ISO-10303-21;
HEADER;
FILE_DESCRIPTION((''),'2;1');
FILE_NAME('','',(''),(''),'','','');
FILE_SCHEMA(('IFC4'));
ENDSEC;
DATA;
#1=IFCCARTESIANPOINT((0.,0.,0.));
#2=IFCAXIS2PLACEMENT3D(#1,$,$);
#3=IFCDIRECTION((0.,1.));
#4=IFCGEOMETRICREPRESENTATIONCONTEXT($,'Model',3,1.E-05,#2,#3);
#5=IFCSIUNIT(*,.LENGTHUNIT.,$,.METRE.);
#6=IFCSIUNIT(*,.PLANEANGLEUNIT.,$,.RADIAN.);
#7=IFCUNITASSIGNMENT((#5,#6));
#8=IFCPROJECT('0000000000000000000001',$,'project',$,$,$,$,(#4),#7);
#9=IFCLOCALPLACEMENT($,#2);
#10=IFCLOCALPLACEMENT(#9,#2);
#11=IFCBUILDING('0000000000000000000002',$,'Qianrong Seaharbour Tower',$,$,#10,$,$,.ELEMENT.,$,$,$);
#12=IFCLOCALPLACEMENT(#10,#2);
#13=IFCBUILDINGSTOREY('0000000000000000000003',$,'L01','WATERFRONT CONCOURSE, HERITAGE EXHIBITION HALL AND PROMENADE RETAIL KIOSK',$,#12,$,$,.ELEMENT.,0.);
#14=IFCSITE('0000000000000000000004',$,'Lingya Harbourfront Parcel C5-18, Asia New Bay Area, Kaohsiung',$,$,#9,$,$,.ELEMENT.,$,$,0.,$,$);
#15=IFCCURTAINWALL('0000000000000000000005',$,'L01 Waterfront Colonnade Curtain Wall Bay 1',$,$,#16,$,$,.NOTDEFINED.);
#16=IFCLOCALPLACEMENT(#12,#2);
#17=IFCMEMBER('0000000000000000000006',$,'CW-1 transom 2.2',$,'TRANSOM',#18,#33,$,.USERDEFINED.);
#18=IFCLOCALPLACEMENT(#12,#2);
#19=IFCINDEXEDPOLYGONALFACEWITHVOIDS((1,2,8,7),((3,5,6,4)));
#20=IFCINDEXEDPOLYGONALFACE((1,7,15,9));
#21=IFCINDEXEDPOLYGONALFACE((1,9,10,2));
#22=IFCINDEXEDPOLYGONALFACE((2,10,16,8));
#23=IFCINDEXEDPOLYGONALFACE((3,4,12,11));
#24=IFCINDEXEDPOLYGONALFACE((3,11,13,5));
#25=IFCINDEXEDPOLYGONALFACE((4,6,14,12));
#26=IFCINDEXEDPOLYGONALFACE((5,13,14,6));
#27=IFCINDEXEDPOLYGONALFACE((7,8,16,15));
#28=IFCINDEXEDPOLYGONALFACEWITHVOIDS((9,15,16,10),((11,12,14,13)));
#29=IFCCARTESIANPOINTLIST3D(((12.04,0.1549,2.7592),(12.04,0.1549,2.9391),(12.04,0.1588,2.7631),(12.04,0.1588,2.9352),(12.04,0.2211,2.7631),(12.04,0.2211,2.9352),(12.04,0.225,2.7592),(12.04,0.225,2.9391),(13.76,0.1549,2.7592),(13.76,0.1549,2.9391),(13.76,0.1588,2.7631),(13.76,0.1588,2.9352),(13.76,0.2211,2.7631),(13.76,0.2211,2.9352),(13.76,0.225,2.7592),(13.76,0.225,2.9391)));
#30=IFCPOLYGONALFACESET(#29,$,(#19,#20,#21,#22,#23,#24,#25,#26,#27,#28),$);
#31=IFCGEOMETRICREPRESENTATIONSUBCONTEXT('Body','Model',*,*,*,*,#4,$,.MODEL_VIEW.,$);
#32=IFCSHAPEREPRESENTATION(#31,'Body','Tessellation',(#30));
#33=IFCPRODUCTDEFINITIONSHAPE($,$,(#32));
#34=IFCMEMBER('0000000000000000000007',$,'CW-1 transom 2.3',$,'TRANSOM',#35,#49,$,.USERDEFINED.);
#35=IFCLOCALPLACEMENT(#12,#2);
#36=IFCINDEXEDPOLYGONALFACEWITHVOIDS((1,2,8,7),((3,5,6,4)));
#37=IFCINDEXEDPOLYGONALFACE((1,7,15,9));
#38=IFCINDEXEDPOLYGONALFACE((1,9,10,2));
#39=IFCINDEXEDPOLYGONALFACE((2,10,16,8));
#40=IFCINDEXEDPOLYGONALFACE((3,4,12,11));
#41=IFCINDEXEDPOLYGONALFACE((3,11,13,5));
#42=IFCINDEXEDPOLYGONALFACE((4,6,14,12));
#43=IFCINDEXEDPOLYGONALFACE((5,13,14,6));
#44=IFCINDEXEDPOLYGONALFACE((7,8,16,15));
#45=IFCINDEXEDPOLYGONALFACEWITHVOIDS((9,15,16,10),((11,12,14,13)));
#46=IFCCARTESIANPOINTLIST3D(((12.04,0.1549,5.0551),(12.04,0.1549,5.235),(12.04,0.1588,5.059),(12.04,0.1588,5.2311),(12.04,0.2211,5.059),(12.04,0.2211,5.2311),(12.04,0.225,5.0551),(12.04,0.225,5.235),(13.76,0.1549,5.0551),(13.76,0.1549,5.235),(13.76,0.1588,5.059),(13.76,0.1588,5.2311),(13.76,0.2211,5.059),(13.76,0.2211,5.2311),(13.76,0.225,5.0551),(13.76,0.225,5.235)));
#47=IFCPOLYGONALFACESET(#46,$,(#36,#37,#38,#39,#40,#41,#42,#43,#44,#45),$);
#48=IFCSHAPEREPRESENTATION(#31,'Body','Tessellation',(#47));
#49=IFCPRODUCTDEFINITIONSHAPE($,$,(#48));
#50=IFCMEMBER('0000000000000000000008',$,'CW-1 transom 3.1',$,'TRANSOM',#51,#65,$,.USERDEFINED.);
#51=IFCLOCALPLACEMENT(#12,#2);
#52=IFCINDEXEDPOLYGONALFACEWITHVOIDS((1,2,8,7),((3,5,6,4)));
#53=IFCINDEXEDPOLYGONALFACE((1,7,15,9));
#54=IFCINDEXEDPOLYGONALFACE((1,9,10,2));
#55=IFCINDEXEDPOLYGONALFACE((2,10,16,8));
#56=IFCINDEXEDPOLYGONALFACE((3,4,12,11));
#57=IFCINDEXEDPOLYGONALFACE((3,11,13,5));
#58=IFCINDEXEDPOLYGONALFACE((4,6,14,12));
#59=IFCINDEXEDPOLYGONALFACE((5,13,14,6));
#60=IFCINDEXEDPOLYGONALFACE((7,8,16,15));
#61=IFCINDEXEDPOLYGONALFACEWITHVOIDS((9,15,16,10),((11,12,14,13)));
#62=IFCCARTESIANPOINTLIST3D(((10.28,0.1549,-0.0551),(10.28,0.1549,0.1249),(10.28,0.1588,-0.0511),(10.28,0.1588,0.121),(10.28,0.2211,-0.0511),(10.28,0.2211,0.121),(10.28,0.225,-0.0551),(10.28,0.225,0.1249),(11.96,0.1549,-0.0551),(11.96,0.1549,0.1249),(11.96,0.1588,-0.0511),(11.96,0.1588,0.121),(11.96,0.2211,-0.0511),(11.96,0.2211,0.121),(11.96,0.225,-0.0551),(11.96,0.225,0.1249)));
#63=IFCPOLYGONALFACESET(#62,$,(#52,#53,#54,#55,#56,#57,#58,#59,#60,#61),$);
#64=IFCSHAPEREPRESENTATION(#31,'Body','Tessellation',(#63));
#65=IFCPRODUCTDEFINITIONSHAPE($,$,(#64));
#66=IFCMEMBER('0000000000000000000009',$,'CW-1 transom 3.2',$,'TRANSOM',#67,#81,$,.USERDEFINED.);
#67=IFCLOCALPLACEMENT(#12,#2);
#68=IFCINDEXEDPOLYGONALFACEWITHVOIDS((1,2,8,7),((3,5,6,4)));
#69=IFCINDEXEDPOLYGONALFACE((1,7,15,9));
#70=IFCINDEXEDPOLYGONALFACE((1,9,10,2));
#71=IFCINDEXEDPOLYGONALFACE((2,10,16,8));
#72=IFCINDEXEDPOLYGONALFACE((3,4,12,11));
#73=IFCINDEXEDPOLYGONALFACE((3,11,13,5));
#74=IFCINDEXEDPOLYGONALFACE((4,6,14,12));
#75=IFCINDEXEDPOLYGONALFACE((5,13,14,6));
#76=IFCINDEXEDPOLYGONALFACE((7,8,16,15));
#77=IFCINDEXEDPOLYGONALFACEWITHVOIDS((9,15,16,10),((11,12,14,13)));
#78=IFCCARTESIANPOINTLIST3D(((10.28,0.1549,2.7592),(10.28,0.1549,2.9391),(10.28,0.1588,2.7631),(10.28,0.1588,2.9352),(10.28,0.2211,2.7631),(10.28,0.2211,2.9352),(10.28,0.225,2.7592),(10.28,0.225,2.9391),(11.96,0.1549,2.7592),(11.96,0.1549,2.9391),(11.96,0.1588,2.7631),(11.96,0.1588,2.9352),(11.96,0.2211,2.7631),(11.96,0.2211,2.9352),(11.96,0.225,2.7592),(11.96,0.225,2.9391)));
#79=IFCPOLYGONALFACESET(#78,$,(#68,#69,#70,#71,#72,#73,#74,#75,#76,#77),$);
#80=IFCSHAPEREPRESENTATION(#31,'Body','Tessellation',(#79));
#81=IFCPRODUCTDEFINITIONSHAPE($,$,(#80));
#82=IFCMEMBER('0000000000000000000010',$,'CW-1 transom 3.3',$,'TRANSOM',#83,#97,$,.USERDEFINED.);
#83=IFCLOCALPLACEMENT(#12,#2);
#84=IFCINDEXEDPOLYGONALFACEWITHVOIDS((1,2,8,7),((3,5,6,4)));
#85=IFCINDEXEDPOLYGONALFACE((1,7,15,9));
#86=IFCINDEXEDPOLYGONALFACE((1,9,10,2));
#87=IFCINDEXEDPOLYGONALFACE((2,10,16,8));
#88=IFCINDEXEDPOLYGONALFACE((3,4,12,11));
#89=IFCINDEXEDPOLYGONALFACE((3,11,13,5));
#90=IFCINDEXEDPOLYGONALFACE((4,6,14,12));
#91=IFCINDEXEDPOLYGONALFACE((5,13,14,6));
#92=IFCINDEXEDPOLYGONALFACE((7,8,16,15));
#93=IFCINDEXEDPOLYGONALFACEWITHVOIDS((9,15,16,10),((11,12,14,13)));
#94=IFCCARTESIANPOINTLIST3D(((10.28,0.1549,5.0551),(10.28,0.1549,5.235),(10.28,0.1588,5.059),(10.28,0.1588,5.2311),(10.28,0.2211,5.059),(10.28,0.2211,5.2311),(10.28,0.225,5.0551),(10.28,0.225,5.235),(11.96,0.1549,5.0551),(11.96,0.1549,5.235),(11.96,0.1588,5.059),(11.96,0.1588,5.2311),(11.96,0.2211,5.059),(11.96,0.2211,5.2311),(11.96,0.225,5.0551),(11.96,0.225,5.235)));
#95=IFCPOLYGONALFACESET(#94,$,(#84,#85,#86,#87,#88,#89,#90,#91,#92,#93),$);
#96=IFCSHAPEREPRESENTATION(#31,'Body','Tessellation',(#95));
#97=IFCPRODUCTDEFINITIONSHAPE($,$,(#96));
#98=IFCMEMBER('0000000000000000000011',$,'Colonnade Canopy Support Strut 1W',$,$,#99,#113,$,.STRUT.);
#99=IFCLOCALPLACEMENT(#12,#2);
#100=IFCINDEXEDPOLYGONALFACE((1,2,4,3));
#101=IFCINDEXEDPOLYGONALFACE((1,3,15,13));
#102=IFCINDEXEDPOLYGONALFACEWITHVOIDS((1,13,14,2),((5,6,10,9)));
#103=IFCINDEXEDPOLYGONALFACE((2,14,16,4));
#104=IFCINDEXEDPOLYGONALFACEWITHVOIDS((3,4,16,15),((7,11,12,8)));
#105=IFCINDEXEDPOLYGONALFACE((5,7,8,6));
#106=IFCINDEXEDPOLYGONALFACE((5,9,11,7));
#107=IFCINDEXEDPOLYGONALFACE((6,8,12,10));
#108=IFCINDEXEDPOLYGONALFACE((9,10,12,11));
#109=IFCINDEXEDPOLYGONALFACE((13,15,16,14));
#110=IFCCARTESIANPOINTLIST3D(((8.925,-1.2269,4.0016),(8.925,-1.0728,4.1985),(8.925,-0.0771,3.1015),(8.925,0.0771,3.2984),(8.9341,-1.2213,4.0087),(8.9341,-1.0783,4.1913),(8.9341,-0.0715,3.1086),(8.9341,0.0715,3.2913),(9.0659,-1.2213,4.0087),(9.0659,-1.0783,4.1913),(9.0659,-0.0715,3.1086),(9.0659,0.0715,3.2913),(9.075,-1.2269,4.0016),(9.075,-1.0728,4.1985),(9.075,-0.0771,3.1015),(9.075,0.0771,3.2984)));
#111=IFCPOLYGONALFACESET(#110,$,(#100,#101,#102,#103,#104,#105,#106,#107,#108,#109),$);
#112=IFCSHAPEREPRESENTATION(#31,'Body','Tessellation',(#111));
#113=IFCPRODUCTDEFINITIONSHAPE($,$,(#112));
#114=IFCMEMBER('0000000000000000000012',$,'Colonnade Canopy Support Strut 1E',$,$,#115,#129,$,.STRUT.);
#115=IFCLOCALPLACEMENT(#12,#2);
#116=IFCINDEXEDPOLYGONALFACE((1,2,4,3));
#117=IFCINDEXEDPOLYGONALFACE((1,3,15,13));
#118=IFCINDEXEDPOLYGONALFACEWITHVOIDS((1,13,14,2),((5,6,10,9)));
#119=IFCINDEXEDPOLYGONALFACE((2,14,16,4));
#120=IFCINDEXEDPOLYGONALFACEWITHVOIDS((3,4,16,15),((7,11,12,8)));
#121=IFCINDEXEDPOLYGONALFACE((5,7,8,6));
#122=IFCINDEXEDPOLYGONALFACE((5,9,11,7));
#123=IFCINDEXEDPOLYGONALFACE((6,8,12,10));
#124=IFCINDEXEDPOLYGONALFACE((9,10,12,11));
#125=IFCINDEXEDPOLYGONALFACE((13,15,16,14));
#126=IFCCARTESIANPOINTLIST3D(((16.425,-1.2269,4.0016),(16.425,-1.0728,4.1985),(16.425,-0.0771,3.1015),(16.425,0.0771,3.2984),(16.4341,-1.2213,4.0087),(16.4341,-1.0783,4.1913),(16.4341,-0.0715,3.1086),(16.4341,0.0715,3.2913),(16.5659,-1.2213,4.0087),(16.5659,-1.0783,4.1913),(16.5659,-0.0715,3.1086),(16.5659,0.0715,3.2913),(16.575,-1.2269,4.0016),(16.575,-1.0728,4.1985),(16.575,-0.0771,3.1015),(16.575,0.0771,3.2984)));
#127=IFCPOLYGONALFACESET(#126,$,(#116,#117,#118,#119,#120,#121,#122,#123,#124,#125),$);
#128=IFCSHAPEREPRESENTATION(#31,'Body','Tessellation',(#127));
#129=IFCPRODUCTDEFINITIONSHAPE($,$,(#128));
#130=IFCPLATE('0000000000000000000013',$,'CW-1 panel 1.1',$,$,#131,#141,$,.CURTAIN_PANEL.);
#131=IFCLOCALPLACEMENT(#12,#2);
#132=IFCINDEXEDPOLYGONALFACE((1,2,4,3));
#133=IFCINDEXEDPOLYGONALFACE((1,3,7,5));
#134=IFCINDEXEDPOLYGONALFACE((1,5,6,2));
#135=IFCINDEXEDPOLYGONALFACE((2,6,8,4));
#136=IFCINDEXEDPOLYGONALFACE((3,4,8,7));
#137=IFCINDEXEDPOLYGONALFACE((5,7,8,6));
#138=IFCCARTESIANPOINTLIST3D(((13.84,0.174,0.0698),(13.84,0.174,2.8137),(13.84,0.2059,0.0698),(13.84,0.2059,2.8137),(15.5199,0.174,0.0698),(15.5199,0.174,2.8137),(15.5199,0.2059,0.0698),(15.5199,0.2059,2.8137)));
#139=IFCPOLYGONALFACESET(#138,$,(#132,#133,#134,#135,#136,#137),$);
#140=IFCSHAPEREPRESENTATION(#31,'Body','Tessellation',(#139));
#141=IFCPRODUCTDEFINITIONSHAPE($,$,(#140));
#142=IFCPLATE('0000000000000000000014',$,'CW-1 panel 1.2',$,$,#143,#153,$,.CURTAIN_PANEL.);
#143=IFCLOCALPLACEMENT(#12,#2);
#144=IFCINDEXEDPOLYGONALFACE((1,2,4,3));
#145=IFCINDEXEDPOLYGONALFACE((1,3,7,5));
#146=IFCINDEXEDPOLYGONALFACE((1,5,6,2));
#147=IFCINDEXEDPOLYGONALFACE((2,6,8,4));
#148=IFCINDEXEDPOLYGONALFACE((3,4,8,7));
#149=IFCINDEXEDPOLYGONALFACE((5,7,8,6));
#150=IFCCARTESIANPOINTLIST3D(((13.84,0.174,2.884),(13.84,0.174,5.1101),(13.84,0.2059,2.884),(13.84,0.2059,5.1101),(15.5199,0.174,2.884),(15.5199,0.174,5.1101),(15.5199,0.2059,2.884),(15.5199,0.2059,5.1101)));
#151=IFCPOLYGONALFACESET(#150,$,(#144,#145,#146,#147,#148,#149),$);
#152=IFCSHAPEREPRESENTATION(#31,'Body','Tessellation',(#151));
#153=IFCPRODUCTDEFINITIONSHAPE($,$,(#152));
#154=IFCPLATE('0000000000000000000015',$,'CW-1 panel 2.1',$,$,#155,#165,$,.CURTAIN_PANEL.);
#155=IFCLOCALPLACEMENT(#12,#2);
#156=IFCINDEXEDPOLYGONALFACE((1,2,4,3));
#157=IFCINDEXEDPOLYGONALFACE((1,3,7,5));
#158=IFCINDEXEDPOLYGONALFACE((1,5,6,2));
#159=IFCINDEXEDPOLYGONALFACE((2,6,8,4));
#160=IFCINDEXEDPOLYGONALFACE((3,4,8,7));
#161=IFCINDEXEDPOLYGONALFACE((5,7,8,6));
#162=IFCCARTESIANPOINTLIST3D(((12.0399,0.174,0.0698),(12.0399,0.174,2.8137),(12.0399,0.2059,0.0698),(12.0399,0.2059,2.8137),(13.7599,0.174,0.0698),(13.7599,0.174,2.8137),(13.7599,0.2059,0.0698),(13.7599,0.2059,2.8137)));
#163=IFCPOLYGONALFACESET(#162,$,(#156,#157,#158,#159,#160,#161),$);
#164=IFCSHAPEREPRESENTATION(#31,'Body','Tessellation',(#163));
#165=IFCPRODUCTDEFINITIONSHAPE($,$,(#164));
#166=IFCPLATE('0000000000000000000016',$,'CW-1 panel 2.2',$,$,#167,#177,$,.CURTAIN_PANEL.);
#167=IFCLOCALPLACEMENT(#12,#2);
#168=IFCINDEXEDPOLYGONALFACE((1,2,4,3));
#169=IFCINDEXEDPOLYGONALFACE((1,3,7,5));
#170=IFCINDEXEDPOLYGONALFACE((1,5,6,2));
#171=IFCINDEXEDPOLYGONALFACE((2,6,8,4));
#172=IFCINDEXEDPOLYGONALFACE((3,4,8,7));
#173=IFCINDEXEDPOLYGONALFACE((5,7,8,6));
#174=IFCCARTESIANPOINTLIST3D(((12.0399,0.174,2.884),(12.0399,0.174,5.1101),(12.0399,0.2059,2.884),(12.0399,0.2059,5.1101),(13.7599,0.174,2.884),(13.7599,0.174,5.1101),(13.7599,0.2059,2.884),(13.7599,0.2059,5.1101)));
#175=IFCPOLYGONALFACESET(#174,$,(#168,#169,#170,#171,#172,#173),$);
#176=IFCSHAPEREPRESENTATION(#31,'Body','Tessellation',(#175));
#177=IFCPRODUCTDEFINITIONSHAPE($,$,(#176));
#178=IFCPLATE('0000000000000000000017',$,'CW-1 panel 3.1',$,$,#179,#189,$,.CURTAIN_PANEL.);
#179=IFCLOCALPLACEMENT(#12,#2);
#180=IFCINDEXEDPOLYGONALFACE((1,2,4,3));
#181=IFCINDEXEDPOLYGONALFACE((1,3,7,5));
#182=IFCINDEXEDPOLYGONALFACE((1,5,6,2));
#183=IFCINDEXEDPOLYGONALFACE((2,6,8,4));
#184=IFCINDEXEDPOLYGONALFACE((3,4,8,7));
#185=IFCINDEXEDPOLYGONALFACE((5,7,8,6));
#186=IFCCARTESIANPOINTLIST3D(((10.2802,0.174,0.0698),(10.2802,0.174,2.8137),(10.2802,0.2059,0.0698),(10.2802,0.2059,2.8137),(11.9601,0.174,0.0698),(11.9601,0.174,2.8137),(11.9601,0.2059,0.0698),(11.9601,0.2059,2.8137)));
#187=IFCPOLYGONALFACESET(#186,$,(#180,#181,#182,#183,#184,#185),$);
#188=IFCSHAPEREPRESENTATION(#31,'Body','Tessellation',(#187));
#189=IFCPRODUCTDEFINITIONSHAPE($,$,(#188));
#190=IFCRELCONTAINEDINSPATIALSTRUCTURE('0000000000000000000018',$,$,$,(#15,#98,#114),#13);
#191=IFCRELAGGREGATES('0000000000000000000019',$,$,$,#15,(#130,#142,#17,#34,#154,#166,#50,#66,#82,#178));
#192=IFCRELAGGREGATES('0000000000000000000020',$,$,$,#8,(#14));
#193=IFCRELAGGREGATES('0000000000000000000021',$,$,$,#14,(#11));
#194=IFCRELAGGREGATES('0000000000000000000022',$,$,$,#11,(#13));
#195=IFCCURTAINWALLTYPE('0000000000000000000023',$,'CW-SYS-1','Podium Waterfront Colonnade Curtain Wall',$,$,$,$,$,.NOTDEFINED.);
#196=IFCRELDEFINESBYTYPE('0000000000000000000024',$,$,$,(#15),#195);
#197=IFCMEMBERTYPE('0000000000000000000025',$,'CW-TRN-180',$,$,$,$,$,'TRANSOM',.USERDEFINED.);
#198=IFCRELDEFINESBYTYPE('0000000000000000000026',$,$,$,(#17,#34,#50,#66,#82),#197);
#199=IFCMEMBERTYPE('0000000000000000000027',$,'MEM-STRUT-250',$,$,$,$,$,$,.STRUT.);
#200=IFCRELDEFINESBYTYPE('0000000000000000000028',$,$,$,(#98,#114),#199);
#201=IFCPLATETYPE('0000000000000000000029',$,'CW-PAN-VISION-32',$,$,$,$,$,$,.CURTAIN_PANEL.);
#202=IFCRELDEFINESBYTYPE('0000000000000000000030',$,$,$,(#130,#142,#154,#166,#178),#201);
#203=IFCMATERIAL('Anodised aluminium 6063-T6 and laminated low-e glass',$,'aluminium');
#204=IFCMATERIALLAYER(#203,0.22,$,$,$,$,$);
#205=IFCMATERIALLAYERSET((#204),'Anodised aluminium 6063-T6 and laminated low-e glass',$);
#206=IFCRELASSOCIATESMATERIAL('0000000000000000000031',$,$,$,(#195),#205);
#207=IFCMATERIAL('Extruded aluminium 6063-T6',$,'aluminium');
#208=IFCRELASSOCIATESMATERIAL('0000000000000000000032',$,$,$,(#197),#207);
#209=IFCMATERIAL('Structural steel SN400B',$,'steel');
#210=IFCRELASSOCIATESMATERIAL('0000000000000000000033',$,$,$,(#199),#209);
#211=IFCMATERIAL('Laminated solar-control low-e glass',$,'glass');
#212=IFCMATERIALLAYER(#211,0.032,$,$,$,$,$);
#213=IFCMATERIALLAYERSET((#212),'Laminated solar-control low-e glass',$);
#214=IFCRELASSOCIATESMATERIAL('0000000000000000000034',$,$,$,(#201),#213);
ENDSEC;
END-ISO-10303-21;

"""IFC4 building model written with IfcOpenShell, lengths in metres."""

from ifc_helpers import new_model, si_unit, direction, frame, origin, origin_2d, place, context, subcontext, project, spatial, rectangle, hollow_rectangle, extrude, material, layer, layer_set, material_profile, profile_set, type_object, element, aggregate, save


model = new_model("IFC4")

# Units and contexts
model_context = context("Model", 3, precision=1e-05, world=origin(), true_north=direction((0.0, 1.0)))
body_context = subcontext(model_context, "Body", "Model", "MODEL_VIEW")
ifc_project = project(units=[si_unit("LENGTHUNIT", "METRE"), si_unit("PLANEANGLEUNIT", "RADIAN")], contexts=[model_context])

# Site, building, storey
site_placement = place(None, origin())
site = spatial("IfcSite", under=ifc_project, at=site_placement, Name="Lingya Harbourfront Parcel C5-18, Asia New Bay Area, Kaohsiung", CompositionType="ELEMENT", RefElevation=0.0)
building_placement = place(site_placement, origin())
building = spatial("IfcBuilding", under=site, at=building_placement, Name="Qianrong Seaharbour Tower", CompositionType="ELEMENT")
storey_placement = place(building_placement, origin())
storey = spatial("IfcBuildingStorey", under=building, at=storey_placement, Name="L01", Description="WATERFRONT CONCOURSE, HERITAGE EXHIBITION HALL AND PROMENADE RETAIL KIOSK", CompositionType="ELEMENT", Elevation=0.0)

# Shared definitions
ifc_material_1 = material(Name="Structural steel SN400B", Category="steel")

# Curtain wall, members
ifc_material_2 = material(Name="Anodised aluminium 6063-T6 and laminated low-e glass", Category="aluminium")
ifc_layer_1 = layer(ifc_material_2, 0.22)
ifc_layer_set_1 = layer_set([ifc_layer_1], Name="Anodised aluminium 6063-T6 and laminated low-e glass")
curtain_wall_type = type_object("IfcCurtainWallType", Name="CW-SYS-1", Description="Podium Waterfront Colonnade Curtain Wall", PredefinedType="NOTDEFINED", material=ifc_layer_set_1)
curtain_wall_placement = place(storey_placement, origin())
curtain_wall = element("IfcCurtainWall", 1, at=curtain_wall_placement, inside=storey, type_object=curtain_wall_type, Name="L01 Waterfront Colonnade Curtain Wall Bay 1", PredefinedType="NOTDEFINED")
ifc_material_3 = material(Name="Extruded aluminium 6063-T6", Category="aluminium")
ifc_material_profile_1 = material_profile(ifc_material_3, hollow_rectangle(XDim=0.0701, YDim=0.1799, WallThickness=0.0039, at=origin_2d()), Name="ALU-TRN-180x70x4")
ifc_profile_set_1 = profile_set([ifc_material_profile_1], Name="Extruded aluminium 6063-T6")
member_type_1 = type_object("IfcMemberType", Name="CW-TRN-180", ElementType="TRANSOM", PredefinedType="USERDEFINED", material=ifc_profile_set_1)
member_1_placement = place(storey_placement, frame((13.76, 0.1899, 2.8491), z_axis=(-1.0, 0.0, 0.0), x_axis=(0.0, -1.0, 0.0)))
member_1 = element("IfcMember", 2, at=member_1_placement, type_object=member_type_1, Name="CW-1 transom 2.2", ObjectType="TRANSOM", PredefinedType="USERDEFINED", context=body_context, shape_type="SweptSolid", body=[
    extrude(hollow_rectangle(XDim=0.0701, YDim=0.1799, WallThickness=0.0039, at=origin_2d()), origin(), (0.0, 0.0, 1.0), 1.72),
])
member_2_placement = place(storey_placement, frame((13.76, 0.1899, 5.145), z_axis=(-1.0, 0.0, 0.0), x_axis=(0.0, -1.0, 0.0)))
member_2 = element("IfcMember", 3, at=member_2_placement, type_object=member_type_1, Name="CW-1 transom 2.3", ObjectType="TRANSOM", PredefinedType="USERDEFINED", context=body_context, shape_type="SweptSolid", body=[
    extrude(hollow_rectangle(XDim=0.0701, YDim=0.1799, WallThickness=0.0039, at=origin_2d()), origin(), (0.0, 0.0, 1.0), 1.72),
])
member_3_placement = place(storey_placement, frame((11.96, 0.1899, 0.0349), z_axis=(-1.0, 0.0, 0.0), x_axis=(0.0, -1.0, 0.0)))
member_3 = element("IfcMember", 4, at=member_3_placement, type_object=member_type_1, Name="CW-1 transom 3.1", ObjectType="TRANSOM", PredefinedType="USERDEFINED", context=body_context, shape_type="SweptSolid", body=[
    extrude(hollow_rectangle(XDim=0.0701, YDim=0.1799, WallThickness=0.0039, at=origin_2d()), origin(), (0.0, 0.0, 1.0), 1.6799),
])
member_4_placement = place(storey_placement, frame((11.96, 0.1899, 2.8491), z_axis=(-1.0, 0.0, 0.0), x_axis=(0.0, -1.0, 0.0)))
member_4 = element("IfcMember", 5, at=member_4_placement, type_object=member_type_1, Name="CW-1 transom 3.2", ObjectType="TRANSOM", PredefinedType="USERDEFINED", context=body_context, shape_type="SweptSolid", body=[
    extrude(hollow_rectangle(XDim=0.0701, YDim=0.1799, WallThickness=0.0039, at=origin_2d()), origin(), (0.0, 0.0, 1.0), 1.6799),
])
member_5_placement = place(storey_placement, frame((11.96, 0.1899, 5.145), z_axis=(-1.0, 0.0, 0.0), x_axis=(0.0, -1.0, 0.0)))
member_5 = element("IfcMember", 6, at=member_5_placement, type_object=member_type_1, Name="CW-1 transom 3.3", ObjectType="TRANSOM", PredefinedType="USERDEFINED", context=body_context, shape_type="SweptSolid", body=[
    extrude(hollow_rectangle(XDim=0.0701, YDim=0.1799, WallThickness=0.0039, at=origin_2d()), origin(), (0.0, 0.0, 1.0), 1.6799),
])

# Members
ifc_material_profile_2 = material_profile(ifc_material_1, hollow_rectangle(XDim=0.1499, YDim=0.25, WallThickness=0.009, at=origin_2d()), Name="RHS250x150x9")
ifc_profile_set_2 = profile_set([ifc_material_profile_2], Name="Structural steel SN400B")
member_type_2 = type_object("IfcMemberType", Name="MEM-STRUT-250", PredefinedType="STRUT", material=ifc_profile_set_2)
for number, where, z_axis, x_axis, name in (
    (7, (9.0, 0.0, 3.2), (0.0, -0.787431, 0.616403), (1.0, 0.0, 0.0), "Colonnade Canopy Support Strut 1W"),
    (8, (16.5, 0.0, 3.2), (0.0, -0.787431, 0.616403), (1.0, 0.0, 0.0), "Colonnade Canopy Support Strut 1E"),
):
    element("IfcMember", number, at=place(storey_placement, frame(where, z_axis=z_axis, x_axis=x_axis)), inside=storey, type_object=member_type_2, Name=name, PredefinedType="STRUT", context=body_context, shape_type="SweptSolid", body=[
        extrude(hollow_rectangle(XDim=0.1499, YDim=0.25, WallThickness=0.009, at=origin_2d()), origin(), (0.0, 0.0, 1.0), 1.4602),
    ])

# Plates
ifc_material_4 = material(Name="Laminated solar-control low-e glass", Category="glass")
ifc_layer_2 = layer(ifc_material_4, 0.032)
ifc_layer_set_2 = layer_set([ifc_layer_2], Name="Laminated solar-control low-e glass")
plate_type_1 = type_object("IfcPlateType", Name="CW-PAN-VISION-32", PredefinedType="CURTAIN_PANEL", material=ifc_layer_set_2)
plate_1_placement = place(storey_placement, frame((14.6799, 0.1899, 0.0698), z_axis=(0.0, 0.0, 1.0), x_axis=(-1.0, 0.0, 0.0)))
plate_1 = element("IfcPlate", 9, at=plate_1_placement, type_object=plate_type_1, Name="CW-1 panel 1.1", PredefinedType="CURTAIN_PANEL", context=body_context, shape_type="SweptSolid", body=[
    extrude(rectangle(XDim=1.6799, YDim=0.032, at=origin_2d()), origin(), (0.0, 0.0, 1.0), 2.7439),
])
plate_2_placement = place(storey_placement, frame((14.6799, 0.1899, 2.884), z_axis=(0.0, 0.0, 1.0), x_axis=(-1.0, 0.0, 0.0)))
plate_2 = element("IfcPlate", 10, at=plate_2_placement, type_object=plate_type_1, Name="CW-1 panel 1.2", PredefinedType="CURTAIN_PANEL", context=body_context, shape_type="SweptSolid", body=[
    extrude(rectangle(XDim=1.6799, YDim=0.032, at=origin_2d()), origin(), (0.0, 0.0, 1.0), 2.2261),
])
plate_3_placement = place(storey_placement, frame((12.8999, 0.1899, 0.0698), z_axis=(0.0, 0.0, 1.0), x_axis=(-1.0, 0.0, 0.0)))
plate_3 = element("IfcPlate", 11, at=plate_3_placement, type_object=plate_type_1, Name="CW-1 panel 2.1", PredefinedType="CURTAIN_PANEL", context=body_context, shape_type="SweptSolid", body=[
    extrude(rectangle(XDim=1.72, YDim=0.032, at=origin_2d()), origin(), (0.0, 0.0, 1.0), 2.7439),
])
plate_4_placement = place(storey_placement, frame((12.8999, 0.1899, 2.884), z_axis=(0.0, 0.0, 1.0), x_axis=(-1.0, 0.0, 0.0)))
plate_4 = element("IfcPlate", 12, at=plate_4_placement, type_object=plate_type_1, Name="CW-1 panel 2.2", PredefinedType="CURTAIN_PANEL", context=body_context, shape_type="SweptSolid", body=[
    extrude(rectangle(XDim=1.72, YDim=0.032, at=origin_2d()), origin(), (0.0, 0.0, 1.0), 2.2261),
])
plate_5_placement = place(storey_placement, frame((11.1201, 0.1899, 0.0698), z_axis=(0.0, 0.0, 1.0), x_axis=(-1.0, 0.0, 0.0)))
plate_5 = element("IfcPlate", 13, at=plate_5_placement, type_object=plate_type_1, Name="CW-1 panel 3.1", PredefinedType="CURTAIN_PANEL", context=body_context, shape_type="SweptSolid", body=[
    extrude(rectangle(XDim=1.6799, YDim=0.032, at=origin_2d()), origin(), (0.0, 0.0, 1.0), 2.7439),
])
aggregate(curtain_wall, [plate_1, plate_2, member_1, member_2, plate_3, plate_4, member_3, member_4, member_5, plate_5])

save(model, "model.ifc")
